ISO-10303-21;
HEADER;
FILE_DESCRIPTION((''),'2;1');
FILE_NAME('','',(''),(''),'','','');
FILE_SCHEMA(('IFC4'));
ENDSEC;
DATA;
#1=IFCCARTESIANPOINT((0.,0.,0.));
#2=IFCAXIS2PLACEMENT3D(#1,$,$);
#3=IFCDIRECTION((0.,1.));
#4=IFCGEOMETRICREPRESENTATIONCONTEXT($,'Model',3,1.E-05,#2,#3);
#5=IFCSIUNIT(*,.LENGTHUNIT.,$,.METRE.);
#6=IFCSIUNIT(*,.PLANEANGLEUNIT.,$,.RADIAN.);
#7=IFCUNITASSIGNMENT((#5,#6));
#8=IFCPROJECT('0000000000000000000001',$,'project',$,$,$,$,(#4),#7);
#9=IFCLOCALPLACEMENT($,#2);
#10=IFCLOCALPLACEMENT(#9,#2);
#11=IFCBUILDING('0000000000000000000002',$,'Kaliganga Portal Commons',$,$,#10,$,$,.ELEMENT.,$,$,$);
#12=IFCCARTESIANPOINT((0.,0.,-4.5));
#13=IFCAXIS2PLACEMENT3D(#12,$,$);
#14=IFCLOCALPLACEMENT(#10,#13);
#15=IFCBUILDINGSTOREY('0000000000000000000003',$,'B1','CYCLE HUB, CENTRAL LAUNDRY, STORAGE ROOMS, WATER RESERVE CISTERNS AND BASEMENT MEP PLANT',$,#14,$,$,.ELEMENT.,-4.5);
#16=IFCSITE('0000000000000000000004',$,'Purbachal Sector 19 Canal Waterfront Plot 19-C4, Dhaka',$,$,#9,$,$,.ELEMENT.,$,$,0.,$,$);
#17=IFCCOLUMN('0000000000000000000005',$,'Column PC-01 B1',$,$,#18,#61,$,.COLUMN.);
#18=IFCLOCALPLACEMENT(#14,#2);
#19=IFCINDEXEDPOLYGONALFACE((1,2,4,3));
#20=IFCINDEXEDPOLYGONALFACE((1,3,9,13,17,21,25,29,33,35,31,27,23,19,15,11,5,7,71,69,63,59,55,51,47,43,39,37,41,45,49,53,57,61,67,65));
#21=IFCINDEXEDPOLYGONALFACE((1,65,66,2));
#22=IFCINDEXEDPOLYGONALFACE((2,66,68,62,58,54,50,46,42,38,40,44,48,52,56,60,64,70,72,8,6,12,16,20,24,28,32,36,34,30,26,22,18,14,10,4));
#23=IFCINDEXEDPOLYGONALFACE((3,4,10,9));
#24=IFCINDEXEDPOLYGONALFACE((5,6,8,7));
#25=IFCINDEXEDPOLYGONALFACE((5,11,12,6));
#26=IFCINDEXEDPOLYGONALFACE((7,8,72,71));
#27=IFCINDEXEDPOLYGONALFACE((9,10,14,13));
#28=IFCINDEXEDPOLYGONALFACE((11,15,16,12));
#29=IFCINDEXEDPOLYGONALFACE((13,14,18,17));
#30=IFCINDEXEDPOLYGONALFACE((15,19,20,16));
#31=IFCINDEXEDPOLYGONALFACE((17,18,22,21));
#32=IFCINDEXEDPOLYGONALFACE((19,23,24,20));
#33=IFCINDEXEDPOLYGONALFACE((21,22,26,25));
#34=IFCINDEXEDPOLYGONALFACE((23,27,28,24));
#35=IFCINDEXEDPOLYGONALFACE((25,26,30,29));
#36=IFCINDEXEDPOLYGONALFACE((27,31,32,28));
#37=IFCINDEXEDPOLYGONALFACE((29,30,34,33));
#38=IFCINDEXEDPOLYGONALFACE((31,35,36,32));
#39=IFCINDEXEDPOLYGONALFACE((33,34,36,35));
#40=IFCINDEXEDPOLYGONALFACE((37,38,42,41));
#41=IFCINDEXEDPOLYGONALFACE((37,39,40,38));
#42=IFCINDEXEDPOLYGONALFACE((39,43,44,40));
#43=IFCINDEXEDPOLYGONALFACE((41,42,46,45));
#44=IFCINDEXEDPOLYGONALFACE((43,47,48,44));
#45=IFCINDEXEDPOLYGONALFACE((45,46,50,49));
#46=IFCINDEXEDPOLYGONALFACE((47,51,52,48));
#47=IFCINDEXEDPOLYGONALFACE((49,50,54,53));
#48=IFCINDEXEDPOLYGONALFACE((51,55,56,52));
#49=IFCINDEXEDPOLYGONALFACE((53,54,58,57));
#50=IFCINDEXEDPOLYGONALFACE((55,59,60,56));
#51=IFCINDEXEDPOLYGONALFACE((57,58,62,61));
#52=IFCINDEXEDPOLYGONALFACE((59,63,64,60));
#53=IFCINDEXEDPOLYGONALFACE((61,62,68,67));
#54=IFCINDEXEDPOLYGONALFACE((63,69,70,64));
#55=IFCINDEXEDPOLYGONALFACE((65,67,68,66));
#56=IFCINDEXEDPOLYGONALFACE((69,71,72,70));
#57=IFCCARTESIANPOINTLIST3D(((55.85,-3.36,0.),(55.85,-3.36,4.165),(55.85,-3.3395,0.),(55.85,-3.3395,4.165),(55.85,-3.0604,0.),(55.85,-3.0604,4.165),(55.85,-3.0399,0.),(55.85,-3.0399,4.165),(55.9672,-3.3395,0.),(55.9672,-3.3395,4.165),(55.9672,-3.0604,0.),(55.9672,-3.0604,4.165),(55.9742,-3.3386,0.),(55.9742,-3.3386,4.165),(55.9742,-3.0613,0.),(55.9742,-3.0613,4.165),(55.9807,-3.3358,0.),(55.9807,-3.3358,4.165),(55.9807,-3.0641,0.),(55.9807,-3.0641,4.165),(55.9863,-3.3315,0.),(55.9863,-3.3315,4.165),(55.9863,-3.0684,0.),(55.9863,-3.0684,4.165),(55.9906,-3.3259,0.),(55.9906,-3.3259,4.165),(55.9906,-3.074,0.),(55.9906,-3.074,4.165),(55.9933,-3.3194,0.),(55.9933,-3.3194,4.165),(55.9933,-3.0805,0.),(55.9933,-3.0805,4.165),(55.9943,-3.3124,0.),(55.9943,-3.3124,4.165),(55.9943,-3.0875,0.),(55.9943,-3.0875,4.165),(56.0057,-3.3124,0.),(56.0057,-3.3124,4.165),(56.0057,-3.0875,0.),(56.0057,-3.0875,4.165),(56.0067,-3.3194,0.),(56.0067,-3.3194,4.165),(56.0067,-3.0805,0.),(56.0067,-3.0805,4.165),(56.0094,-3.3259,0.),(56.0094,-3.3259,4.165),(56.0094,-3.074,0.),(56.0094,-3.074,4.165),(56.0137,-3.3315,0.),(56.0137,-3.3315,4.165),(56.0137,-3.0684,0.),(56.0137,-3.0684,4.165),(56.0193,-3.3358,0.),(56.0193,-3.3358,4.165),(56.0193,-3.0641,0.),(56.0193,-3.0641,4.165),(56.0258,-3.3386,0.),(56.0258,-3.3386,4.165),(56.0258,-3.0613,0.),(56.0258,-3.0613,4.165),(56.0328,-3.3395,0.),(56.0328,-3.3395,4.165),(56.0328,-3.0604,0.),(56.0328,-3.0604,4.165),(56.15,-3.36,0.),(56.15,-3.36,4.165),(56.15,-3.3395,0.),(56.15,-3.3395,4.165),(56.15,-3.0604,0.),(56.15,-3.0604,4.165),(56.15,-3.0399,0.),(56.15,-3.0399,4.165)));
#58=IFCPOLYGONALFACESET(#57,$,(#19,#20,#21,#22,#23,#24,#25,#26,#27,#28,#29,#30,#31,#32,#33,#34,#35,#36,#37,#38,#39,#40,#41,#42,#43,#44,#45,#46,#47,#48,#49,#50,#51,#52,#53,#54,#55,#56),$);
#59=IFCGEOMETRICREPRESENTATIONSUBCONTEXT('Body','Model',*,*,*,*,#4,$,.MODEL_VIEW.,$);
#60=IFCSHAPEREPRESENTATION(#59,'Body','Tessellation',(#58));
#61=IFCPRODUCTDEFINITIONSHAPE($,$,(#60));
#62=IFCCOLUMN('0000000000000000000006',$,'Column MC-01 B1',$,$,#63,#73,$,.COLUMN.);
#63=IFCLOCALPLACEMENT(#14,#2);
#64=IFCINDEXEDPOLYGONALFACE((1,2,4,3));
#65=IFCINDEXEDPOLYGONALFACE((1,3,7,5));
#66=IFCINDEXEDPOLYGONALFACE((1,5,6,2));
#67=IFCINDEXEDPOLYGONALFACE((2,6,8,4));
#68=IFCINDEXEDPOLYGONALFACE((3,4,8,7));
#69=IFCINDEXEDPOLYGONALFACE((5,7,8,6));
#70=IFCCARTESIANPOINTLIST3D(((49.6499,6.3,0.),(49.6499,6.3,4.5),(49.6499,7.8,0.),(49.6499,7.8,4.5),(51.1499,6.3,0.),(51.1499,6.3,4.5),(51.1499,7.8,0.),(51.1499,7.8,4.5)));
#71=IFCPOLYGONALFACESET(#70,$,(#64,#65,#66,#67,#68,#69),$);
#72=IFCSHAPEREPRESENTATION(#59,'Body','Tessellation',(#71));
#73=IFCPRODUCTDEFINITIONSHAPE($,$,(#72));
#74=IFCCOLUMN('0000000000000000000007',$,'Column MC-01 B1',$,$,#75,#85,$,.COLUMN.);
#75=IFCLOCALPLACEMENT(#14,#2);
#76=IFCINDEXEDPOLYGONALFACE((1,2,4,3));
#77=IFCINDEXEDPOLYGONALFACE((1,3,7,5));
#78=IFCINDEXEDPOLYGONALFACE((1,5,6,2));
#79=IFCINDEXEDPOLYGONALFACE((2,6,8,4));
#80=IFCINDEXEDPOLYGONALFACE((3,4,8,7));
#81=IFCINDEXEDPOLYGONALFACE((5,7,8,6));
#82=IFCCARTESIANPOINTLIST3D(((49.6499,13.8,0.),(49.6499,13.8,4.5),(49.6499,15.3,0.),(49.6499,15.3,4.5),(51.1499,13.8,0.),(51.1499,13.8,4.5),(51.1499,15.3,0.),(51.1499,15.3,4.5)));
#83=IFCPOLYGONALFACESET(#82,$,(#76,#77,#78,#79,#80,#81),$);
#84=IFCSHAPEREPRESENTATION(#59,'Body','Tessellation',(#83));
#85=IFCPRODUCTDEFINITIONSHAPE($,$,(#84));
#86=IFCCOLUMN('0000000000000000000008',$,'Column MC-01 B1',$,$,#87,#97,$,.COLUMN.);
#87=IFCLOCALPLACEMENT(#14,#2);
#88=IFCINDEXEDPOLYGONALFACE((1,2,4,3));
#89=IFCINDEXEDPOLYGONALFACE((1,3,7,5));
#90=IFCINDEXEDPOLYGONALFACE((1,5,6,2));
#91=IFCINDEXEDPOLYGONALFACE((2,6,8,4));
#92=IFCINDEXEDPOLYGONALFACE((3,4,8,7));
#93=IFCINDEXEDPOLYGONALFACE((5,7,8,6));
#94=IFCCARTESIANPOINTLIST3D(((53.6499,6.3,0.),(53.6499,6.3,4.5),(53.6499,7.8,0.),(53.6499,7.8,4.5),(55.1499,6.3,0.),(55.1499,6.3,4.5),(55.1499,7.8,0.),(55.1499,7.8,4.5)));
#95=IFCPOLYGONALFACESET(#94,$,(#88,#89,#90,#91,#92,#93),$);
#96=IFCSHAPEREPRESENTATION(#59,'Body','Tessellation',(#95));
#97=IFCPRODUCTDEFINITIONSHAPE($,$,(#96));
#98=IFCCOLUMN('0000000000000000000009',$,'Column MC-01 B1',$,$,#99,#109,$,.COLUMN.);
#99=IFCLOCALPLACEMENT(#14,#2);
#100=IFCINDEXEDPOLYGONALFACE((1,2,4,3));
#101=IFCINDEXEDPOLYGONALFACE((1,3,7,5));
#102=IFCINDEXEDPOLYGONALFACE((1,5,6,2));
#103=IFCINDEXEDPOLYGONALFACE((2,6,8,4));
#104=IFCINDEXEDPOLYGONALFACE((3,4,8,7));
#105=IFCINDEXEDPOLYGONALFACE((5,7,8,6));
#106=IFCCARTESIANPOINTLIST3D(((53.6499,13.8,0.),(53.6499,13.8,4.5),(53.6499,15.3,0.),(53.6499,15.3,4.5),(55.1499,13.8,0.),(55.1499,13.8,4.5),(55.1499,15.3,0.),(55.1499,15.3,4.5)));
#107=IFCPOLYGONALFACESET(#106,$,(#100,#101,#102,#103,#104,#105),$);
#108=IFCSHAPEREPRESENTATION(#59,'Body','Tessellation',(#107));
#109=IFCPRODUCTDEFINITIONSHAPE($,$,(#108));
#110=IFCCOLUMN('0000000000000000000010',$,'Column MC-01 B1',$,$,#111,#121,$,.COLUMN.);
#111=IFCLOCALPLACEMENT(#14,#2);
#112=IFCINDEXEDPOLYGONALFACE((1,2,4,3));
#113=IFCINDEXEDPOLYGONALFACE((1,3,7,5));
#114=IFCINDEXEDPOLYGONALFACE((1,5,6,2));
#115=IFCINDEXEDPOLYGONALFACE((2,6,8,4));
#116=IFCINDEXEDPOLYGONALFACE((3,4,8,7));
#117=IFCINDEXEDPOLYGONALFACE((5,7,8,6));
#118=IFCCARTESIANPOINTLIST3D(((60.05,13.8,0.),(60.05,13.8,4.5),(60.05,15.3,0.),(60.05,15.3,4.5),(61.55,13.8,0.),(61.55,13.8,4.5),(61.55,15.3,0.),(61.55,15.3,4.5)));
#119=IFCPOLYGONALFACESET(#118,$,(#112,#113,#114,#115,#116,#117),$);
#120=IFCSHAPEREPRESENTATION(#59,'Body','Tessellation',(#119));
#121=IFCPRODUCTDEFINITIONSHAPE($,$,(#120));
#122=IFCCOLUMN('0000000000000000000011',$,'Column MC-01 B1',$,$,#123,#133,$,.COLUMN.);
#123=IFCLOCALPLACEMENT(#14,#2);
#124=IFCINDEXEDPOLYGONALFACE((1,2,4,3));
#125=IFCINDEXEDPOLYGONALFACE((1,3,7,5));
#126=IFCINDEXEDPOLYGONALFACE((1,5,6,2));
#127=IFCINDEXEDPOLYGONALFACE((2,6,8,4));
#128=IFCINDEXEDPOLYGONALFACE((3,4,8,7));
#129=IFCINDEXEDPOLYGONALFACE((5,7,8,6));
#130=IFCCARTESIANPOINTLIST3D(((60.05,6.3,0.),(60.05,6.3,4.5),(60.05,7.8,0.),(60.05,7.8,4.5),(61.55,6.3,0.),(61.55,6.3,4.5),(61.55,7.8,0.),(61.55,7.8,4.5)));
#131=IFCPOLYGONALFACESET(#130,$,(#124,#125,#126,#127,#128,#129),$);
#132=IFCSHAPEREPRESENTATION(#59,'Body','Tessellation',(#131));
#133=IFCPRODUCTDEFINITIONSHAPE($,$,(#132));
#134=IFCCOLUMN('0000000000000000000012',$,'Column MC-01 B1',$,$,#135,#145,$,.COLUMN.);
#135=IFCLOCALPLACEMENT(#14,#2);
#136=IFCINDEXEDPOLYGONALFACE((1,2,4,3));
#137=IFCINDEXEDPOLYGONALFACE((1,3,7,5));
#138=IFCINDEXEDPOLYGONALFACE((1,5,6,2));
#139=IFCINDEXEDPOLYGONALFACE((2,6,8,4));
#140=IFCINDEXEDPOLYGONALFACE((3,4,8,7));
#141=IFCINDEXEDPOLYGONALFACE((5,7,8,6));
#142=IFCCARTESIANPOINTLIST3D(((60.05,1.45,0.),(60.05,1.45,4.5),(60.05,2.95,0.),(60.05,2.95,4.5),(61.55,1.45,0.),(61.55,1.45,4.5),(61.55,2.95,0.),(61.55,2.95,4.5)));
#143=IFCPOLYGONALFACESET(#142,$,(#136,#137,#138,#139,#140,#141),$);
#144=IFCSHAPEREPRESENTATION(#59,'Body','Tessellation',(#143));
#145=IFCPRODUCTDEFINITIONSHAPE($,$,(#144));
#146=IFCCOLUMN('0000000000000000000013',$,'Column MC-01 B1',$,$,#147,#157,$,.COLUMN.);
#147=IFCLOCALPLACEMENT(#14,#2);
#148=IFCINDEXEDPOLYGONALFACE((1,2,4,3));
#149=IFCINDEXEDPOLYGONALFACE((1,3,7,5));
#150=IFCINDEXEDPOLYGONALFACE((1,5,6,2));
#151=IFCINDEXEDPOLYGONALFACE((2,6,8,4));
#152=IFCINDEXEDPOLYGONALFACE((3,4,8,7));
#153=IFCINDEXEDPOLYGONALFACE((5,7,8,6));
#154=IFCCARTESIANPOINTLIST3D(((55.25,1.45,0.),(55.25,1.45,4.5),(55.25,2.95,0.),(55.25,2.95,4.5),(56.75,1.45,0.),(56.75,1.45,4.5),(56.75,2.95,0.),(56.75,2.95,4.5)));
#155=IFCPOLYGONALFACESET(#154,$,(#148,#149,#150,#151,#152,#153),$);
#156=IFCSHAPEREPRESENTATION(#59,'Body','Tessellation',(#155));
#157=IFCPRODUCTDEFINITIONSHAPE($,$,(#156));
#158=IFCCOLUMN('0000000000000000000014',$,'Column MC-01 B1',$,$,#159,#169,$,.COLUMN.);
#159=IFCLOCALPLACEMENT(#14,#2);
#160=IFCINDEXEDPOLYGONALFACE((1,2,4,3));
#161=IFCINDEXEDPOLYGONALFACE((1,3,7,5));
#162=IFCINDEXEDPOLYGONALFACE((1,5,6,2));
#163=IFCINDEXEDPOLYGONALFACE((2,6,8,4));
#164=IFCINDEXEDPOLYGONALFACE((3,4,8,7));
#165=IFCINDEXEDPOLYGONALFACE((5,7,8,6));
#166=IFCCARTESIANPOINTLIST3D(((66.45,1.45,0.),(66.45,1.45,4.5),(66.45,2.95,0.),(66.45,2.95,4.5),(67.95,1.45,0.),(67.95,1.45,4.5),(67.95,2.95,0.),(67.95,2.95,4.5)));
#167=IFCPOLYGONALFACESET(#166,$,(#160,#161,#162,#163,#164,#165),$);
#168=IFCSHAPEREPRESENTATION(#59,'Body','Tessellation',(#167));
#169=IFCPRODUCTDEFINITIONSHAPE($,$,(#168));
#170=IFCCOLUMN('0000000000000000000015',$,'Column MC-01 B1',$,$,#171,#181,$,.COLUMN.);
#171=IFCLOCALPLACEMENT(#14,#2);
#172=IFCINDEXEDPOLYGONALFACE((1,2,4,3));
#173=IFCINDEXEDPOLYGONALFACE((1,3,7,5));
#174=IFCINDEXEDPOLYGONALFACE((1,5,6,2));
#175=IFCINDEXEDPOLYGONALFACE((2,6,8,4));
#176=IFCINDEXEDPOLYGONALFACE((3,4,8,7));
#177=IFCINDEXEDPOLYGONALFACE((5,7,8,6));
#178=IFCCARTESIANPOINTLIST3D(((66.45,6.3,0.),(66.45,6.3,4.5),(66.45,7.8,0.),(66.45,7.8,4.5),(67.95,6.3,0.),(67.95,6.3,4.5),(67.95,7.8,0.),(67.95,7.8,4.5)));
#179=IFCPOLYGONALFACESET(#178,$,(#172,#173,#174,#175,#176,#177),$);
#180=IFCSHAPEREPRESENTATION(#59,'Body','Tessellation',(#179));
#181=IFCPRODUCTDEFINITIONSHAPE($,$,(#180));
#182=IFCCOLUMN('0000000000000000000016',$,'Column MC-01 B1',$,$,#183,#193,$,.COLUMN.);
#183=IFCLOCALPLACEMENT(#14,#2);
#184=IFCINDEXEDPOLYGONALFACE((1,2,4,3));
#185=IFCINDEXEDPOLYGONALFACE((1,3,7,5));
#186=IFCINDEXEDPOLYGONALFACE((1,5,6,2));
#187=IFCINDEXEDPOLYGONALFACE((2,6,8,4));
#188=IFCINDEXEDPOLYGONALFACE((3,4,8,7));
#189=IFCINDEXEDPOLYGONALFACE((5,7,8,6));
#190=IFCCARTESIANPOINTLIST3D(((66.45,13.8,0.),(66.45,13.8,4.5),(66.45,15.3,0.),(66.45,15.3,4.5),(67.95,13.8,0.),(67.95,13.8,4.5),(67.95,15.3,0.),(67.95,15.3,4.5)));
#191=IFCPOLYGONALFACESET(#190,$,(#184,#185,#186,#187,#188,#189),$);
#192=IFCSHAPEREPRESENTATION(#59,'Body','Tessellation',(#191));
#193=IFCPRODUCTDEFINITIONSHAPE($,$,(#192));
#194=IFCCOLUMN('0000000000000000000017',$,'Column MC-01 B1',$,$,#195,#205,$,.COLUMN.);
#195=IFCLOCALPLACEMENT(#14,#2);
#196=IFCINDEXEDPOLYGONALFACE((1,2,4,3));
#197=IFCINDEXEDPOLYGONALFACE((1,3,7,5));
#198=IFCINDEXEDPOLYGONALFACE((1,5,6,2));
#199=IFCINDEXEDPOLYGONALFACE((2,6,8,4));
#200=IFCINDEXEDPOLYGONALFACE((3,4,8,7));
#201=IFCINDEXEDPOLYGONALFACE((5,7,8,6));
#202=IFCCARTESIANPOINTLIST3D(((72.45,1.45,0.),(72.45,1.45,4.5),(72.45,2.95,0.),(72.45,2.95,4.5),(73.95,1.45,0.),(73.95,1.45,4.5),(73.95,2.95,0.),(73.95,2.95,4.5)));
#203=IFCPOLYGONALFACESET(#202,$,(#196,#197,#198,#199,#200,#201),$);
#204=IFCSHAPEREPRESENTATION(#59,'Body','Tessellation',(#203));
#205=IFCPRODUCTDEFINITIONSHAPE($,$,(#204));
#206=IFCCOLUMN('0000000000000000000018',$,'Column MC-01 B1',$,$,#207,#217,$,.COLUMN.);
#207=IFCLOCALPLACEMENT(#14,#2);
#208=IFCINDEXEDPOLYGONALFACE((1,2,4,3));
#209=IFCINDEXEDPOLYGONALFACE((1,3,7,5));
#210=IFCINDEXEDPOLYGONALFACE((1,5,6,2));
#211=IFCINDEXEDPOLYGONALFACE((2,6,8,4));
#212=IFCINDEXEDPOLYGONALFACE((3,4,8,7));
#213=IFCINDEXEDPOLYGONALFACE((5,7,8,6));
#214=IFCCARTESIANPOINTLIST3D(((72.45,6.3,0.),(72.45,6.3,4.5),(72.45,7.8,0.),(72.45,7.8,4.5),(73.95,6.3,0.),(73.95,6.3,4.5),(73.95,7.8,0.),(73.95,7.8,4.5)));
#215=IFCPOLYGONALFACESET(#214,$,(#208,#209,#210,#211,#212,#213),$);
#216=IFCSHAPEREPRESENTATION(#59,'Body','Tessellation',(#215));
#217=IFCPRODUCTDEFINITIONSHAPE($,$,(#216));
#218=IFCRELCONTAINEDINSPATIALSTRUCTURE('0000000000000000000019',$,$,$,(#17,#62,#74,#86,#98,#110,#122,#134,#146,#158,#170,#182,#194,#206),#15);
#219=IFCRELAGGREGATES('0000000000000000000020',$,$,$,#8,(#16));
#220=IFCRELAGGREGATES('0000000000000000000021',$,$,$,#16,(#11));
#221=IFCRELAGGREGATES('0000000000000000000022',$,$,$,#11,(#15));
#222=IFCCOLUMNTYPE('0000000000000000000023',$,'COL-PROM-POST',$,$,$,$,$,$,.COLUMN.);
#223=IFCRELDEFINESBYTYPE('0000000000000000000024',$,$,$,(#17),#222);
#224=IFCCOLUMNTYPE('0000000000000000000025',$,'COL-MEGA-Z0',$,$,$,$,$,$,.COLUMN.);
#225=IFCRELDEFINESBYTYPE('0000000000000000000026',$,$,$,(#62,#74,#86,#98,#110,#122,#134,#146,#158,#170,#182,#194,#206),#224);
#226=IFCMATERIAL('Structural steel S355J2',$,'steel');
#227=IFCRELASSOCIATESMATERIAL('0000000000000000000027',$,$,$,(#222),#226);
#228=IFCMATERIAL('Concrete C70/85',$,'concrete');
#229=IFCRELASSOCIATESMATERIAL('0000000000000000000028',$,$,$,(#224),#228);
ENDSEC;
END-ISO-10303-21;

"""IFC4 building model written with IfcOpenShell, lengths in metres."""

from ifc_helpers import new_model, si_unit, direction, frame, origin, origin_2d, place, context, subcontext, project, spatial, rectangle, i_section, extrude, source, transform, mapped, material, material_profile, profile_set, type_object, element, save


model = new_model("IFC4")

# Units and contexts
model_context = context("Model", 3, precision=1e-05, world=origin(), true_north=direction((0.0, 1.0)))
body_context = subcontext(model_context, "Body", "Model", "MODEL_VIEW")
ifc_project = project(units=[si_unit("LENGTHUNIT", "METRE"), si_unit("PLANEANGLEUNIT", "RADIAN")], contexts=[model_context])

# Site, building, storey
site_placement = place(None, origin())
site = spatial("IfcSite", under=ifc_project, at=site_placement, Name="Purbachal Sector 19 Canal Waterfront Plot 19-C4, Dhaka", CompositionType="ELEMENT", RefElevation=0.0)
building_placement = place(site_placement, origin())
building = spatial("IfcBuilding", under=site, at=building_placement, Name="Kaliganga Portal Commons", CompositionType="ELEMENT")
storey_placement = place(building_placement, frame((0.0, 0.0, -4.5)))
storey = spatial("IfcBuildingStorey", under=building, at=storey_placement, Name="B1", Description="CYCLE HUB, CENTRAL LAUNDRY, STORAGE ROOMS, WATER RESERVE CISTERNS AND BASEMENT MEP PLANT", CompositionType="ELEMENT", Elevation=-4.5)

# Columns
ifc_material_1 = material(Name="Structural steel S355J2", Category="steel")
ifc_material_profile_1 = material_profile(ifc_material_1, i_section(OverallWidth=0.3, OverallDepth=0.3201, WebThickness=0.0115, FlangeThickness=0.0205, FilletRadius=0.0271, at=origin_2d()), Name="HE 320 B")
ifc_profile_set_1 = profile_set([ifc_material_profile_1], Name="Structural steel S355J2 wide-flange")
column_type_1 = type_object("IfcColumnType", Name="COL-PROM-POST", PredefinedType="COLUMN", material=ifc_profile_set_1)
shared_shape_1 = source(origin(), body_context, "Body", "SweptSolid", [
    extrude(i_section(OverallWidth=0.3, OverallDepth=0.3201, WebThickness=0.0115, FlangeThickness=0.0205, FilletRadius=0.0271, at=origin_2d()), origin(), (0.0, 0.0, 1.0), 4.165),
])
column_placement = place(storey_placement, frame((56.0, -3.2, 0.0), z_axis=(0.0, 0.0, 1.0), x_axis=(1.0, 0.0, 0.0)))
element("IfcColumn", 1, at=column_placement, inside=storey, type_object=column_type_1, Name="Column PC-01 B1", PredefinedType="COLUMN", context=body_context, shape_type="MappedRepresentation", body=[
    mapped(shared_shape_1, transform((0.0, 0.0, 0.0), x_axis=(1.0, 0.0, 0.0), y_axis=(0.0, 1.0, 0.0), z_axis=(0.0, 0.0, 1.0), scale=1.0)),
])
ifc_material_2 = material(Name="Concrete C70/85", Category="concrete")
ifc_material_profile_2 = material_profile(ifc_material_2, rectangle(XDim=1.5, YDim=1.5, at=origin_2d()), Name="RC 1500x1500")
ifc_profile_set_2 = profile_set([ifc_material_profile_2], Name="Concrete C70/85")
column_type_2 = type_object("IfcColumnType", Name="COL-MEGA-Z0", PredefinedType="COLUMN", material=ifc_profile_set_2)
shared_shape_2 = source(origin(), body_context, "Body", "SweptSolid", [
    extrude(rectangle(XDim=1.5, YDim=1.5, at=origin_2d()), origin(), (0.0, 0.0, 1.0), 4.5),
])
for number, where, z_axis, x_axis, name in (
    (2, (50.3999, 7.05, 0.0), (0.0, 0.0, 1.0), (1.0, 0.0, 0.0), "Column MC-01 B1"),
    (3, (50.3999, 14.55, 0.0), (0.0, 0.0, 1.0), (1.0, 0.0, 0.0), "Column MC-01 B1"),
    (4, (54.3999, 7.05, 0.0), (0.0, 0.0, 1.0), (1.0, 0.0, 0.0), "Column MC-01 B1"),
    (5, (54.3999, 14.55, 0.0), (0.0, 0.0, 1.0), (1.0, 0.0, 0.0), "Column MC-01 B1"),
    (6, (60.8, 14.55, 0.0), (0.0, 0.0, 1.0), (1.0, 0.0, 0.0), "Column MC-01 B1"),
    (7, (60.8, 7.05, 0.0), (0.0, 0.0, 1.0), (1.0, 0.0, 0.0), "Column MC-01 B1"),
    (8, (60.8, 2.2, 0.0), (0.0, 0.0, 1.0), (1.0, 0.0, 0.0), "Column MC-01 B1"),
    (9, (56.0, 2.2, 0.0), (0.0, 0.0, 1.0), (1.0, 0.0, 0.0), "Column MC-01 B1"),
    (10, (67.2, 2.2, 0.0), (0.0, 0.0, 1.0), (1.0, 0.0, 0.0), "Column MC-01 B1"),
    (11, (67.2, 7.05, 0.0), (0.0, 0.0, 1.0), (1.0, 0.0, 0.0), "Column MC-01 B1"),
    (12, (67.2, 14.55, 0.0), (0.0, 0.0, 1.0), (1.0, 0.0, 0.0), "Column MC-01 B1"),
    (13, (73.2, 2.2, 0.0), (0.0, 0.0, 1.0), (1.0, 0.0, 0.0), "Column MC-01 B1"),
    (14, (73.2, 7.05, 0.0), (0.0, 0.0, 1.0), (1.0, 0.0, 0.0), "Column MC-01 B1"),
):
    element("IfcColumn", number, at=place(storey_placement, frame(where, z_axis=z_axis, x_axis=x_axis)), inside=storey, type_object=column_type_2, Name=name, PredefinedType="COLUMN", context=body_context, shape_type="MappedRepresentation", body=[
        mapped(shared_shape_2, transform((0.0, 0.0, 0.0), x_axis=(1.0, 0.0, 0.0), y_axis=(0.0, 1.0, 0.0), z_axis=(0.0, 0.0, 1.0), scale=1.0)),
    ])

save(model, "model.ifc")
